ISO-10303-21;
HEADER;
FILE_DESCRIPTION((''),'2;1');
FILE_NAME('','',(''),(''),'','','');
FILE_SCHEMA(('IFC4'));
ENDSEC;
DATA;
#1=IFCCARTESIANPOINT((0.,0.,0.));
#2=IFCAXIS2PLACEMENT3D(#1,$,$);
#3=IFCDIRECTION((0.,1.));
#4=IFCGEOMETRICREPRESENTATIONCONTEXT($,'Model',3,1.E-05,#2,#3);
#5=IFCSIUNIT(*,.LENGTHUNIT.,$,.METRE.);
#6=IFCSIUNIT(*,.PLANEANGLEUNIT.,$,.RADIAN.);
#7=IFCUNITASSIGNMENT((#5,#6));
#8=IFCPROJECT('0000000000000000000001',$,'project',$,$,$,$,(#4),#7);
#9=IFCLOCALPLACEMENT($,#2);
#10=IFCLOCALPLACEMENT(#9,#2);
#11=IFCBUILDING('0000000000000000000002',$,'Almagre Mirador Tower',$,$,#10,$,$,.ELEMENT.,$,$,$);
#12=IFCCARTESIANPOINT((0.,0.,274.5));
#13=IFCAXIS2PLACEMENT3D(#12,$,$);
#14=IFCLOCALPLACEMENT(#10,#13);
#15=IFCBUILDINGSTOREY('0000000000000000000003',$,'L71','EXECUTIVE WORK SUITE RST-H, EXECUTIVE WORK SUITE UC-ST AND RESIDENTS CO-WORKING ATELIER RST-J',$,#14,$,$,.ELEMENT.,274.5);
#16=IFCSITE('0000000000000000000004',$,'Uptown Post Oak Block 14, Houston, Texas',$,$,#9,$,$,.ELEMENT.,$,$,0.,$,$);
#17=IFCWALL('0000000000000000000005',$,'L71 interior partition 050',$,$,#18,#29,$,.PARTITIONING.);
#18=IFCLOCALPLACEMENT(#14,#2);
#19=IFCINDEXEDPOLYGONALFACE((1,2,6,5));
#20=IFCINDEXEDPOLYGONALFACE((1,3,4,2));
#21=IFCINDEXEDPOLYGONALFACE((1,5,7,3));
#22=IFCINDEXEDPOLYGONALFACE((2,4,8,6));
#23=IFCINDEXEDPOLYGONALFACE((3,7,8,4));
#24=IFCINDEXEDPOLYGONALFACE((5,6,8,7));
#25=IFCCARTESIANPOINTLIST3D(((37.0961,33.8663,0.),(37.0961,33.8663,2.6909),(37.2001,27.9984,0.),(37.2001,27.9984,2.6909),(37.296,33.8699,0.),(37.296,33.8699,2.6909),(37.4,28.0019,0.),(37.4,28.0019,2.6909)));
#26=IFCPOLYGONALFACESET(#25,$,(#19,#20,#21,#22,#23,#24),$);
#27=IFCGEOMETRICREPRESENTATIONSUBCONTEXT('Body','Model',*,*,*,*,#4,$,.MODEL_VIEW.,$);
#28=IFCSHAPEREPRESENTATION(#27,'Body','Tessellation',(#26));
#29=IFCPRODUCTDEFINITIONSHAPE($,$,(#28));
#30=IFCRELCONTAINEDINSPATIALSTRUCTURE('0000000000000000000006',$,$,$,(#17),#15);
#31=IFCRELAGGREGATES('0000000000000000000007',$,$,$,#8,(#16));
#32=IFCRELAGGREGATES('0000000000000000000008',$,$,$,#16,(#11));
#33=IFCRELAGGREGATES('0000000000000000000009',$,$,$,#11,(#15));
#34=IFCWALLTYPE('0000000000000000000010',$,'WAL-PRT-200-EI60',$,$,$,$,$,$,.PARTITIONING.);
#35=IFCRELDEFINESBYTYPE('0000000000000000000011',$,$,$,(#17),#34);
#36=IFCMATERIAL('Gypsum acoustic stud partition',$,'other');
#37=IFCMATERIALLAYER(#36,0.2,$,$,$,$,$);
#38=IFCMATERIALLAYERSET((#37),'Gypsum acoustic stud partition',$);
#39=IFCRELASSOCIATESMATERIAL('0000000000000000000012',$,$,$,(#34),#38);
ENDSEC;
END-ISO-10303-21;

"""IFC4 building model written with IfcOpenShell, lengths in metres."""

from ifc_helpers import new_model, si_unit, direction, frame, frame_2d, origin, place, context, subcontext, project, spatial, rectangle, extrude, material, layer, layer_set, type_object, element, save


model = new_model("IFC4")

# Units and contexts
model_context = context("Model", 3, precision=1e-05, world=origin(), true_north=direction((0.0, 1.0)))
body_context = subcontext(model_context, "Body", "Model", "MODEL_VIEW")
ifc_project = project(units=[si_unit("LENGTHUNIT", "METRE"), si_unit("PLANEANGLEUNIT", "RADIAN")], contexts=[model_context])

# Site, building, storey
site_placement = place(None, origin())
site = spatial("IfcSite", under=ifc_project, at=site_placement, Name="Uptown Post Oak Block 14, Houston, Texas", CompositionType="ELEMENT", RefElevation=0.0)
building_placement = place(site_placement, origin())
building = spatial("IfcBuilding", under=site, at=building_placement, Name="Almagre Mirador Tower", CompositionType="ELEMENT")
storey_placement = place(building_placement, frame((0.0, 0.0, 274.5)))
storey = spatial("IfcBuildingStorey", under=building, at=storey_placement, Name="L71", Description="EXECUTIVE WORK SUITE RST-H, EXECUTIVE WORK SUITE UC-ST AND RESIDENTS CO-WORKING ATELIER RST-J", CompositionType="ELEMENT", Elevation=274.5)

# Wall
ifc_material_1 = material(Name="Gypsum acoustic stud partition", Category="other")
ifc_layer_1 = layer(ifc_material_1, 0.2)
ifc_layer_set_1 = layer_set([ifc_layer_1], Name="Gypsum acoustic stud partition")
wall_type_1 = type_object("IfcWallType", Name="WAL-PRT-200-EI60", PredefinedType="PARTITIONING", material=ifc_layer_set_1)
wall_1_placement = place(storey_placement, frame((37.3, 28.0, 0.0), z_axis=(0.0, 0.0, 1.0), x_axis=(-0.017721, 0.999843, 0.0)))
element("IfcWall", 1, at=wall_1_placement, inside=storey, type_object=wall_type_1, Name="L71 interior partition 050", PredefinedType="PARTITIONING", context=body_context, shape_type="SweptSolid", body=[
    extrude(rectangle(XDim=5.8689, YDim=0.2, at=frame_2d((2.9346, 0.0))), origin(), (0.0, 0.0, 1.0), 2.6909),
])

save(model, "model.ifc")
